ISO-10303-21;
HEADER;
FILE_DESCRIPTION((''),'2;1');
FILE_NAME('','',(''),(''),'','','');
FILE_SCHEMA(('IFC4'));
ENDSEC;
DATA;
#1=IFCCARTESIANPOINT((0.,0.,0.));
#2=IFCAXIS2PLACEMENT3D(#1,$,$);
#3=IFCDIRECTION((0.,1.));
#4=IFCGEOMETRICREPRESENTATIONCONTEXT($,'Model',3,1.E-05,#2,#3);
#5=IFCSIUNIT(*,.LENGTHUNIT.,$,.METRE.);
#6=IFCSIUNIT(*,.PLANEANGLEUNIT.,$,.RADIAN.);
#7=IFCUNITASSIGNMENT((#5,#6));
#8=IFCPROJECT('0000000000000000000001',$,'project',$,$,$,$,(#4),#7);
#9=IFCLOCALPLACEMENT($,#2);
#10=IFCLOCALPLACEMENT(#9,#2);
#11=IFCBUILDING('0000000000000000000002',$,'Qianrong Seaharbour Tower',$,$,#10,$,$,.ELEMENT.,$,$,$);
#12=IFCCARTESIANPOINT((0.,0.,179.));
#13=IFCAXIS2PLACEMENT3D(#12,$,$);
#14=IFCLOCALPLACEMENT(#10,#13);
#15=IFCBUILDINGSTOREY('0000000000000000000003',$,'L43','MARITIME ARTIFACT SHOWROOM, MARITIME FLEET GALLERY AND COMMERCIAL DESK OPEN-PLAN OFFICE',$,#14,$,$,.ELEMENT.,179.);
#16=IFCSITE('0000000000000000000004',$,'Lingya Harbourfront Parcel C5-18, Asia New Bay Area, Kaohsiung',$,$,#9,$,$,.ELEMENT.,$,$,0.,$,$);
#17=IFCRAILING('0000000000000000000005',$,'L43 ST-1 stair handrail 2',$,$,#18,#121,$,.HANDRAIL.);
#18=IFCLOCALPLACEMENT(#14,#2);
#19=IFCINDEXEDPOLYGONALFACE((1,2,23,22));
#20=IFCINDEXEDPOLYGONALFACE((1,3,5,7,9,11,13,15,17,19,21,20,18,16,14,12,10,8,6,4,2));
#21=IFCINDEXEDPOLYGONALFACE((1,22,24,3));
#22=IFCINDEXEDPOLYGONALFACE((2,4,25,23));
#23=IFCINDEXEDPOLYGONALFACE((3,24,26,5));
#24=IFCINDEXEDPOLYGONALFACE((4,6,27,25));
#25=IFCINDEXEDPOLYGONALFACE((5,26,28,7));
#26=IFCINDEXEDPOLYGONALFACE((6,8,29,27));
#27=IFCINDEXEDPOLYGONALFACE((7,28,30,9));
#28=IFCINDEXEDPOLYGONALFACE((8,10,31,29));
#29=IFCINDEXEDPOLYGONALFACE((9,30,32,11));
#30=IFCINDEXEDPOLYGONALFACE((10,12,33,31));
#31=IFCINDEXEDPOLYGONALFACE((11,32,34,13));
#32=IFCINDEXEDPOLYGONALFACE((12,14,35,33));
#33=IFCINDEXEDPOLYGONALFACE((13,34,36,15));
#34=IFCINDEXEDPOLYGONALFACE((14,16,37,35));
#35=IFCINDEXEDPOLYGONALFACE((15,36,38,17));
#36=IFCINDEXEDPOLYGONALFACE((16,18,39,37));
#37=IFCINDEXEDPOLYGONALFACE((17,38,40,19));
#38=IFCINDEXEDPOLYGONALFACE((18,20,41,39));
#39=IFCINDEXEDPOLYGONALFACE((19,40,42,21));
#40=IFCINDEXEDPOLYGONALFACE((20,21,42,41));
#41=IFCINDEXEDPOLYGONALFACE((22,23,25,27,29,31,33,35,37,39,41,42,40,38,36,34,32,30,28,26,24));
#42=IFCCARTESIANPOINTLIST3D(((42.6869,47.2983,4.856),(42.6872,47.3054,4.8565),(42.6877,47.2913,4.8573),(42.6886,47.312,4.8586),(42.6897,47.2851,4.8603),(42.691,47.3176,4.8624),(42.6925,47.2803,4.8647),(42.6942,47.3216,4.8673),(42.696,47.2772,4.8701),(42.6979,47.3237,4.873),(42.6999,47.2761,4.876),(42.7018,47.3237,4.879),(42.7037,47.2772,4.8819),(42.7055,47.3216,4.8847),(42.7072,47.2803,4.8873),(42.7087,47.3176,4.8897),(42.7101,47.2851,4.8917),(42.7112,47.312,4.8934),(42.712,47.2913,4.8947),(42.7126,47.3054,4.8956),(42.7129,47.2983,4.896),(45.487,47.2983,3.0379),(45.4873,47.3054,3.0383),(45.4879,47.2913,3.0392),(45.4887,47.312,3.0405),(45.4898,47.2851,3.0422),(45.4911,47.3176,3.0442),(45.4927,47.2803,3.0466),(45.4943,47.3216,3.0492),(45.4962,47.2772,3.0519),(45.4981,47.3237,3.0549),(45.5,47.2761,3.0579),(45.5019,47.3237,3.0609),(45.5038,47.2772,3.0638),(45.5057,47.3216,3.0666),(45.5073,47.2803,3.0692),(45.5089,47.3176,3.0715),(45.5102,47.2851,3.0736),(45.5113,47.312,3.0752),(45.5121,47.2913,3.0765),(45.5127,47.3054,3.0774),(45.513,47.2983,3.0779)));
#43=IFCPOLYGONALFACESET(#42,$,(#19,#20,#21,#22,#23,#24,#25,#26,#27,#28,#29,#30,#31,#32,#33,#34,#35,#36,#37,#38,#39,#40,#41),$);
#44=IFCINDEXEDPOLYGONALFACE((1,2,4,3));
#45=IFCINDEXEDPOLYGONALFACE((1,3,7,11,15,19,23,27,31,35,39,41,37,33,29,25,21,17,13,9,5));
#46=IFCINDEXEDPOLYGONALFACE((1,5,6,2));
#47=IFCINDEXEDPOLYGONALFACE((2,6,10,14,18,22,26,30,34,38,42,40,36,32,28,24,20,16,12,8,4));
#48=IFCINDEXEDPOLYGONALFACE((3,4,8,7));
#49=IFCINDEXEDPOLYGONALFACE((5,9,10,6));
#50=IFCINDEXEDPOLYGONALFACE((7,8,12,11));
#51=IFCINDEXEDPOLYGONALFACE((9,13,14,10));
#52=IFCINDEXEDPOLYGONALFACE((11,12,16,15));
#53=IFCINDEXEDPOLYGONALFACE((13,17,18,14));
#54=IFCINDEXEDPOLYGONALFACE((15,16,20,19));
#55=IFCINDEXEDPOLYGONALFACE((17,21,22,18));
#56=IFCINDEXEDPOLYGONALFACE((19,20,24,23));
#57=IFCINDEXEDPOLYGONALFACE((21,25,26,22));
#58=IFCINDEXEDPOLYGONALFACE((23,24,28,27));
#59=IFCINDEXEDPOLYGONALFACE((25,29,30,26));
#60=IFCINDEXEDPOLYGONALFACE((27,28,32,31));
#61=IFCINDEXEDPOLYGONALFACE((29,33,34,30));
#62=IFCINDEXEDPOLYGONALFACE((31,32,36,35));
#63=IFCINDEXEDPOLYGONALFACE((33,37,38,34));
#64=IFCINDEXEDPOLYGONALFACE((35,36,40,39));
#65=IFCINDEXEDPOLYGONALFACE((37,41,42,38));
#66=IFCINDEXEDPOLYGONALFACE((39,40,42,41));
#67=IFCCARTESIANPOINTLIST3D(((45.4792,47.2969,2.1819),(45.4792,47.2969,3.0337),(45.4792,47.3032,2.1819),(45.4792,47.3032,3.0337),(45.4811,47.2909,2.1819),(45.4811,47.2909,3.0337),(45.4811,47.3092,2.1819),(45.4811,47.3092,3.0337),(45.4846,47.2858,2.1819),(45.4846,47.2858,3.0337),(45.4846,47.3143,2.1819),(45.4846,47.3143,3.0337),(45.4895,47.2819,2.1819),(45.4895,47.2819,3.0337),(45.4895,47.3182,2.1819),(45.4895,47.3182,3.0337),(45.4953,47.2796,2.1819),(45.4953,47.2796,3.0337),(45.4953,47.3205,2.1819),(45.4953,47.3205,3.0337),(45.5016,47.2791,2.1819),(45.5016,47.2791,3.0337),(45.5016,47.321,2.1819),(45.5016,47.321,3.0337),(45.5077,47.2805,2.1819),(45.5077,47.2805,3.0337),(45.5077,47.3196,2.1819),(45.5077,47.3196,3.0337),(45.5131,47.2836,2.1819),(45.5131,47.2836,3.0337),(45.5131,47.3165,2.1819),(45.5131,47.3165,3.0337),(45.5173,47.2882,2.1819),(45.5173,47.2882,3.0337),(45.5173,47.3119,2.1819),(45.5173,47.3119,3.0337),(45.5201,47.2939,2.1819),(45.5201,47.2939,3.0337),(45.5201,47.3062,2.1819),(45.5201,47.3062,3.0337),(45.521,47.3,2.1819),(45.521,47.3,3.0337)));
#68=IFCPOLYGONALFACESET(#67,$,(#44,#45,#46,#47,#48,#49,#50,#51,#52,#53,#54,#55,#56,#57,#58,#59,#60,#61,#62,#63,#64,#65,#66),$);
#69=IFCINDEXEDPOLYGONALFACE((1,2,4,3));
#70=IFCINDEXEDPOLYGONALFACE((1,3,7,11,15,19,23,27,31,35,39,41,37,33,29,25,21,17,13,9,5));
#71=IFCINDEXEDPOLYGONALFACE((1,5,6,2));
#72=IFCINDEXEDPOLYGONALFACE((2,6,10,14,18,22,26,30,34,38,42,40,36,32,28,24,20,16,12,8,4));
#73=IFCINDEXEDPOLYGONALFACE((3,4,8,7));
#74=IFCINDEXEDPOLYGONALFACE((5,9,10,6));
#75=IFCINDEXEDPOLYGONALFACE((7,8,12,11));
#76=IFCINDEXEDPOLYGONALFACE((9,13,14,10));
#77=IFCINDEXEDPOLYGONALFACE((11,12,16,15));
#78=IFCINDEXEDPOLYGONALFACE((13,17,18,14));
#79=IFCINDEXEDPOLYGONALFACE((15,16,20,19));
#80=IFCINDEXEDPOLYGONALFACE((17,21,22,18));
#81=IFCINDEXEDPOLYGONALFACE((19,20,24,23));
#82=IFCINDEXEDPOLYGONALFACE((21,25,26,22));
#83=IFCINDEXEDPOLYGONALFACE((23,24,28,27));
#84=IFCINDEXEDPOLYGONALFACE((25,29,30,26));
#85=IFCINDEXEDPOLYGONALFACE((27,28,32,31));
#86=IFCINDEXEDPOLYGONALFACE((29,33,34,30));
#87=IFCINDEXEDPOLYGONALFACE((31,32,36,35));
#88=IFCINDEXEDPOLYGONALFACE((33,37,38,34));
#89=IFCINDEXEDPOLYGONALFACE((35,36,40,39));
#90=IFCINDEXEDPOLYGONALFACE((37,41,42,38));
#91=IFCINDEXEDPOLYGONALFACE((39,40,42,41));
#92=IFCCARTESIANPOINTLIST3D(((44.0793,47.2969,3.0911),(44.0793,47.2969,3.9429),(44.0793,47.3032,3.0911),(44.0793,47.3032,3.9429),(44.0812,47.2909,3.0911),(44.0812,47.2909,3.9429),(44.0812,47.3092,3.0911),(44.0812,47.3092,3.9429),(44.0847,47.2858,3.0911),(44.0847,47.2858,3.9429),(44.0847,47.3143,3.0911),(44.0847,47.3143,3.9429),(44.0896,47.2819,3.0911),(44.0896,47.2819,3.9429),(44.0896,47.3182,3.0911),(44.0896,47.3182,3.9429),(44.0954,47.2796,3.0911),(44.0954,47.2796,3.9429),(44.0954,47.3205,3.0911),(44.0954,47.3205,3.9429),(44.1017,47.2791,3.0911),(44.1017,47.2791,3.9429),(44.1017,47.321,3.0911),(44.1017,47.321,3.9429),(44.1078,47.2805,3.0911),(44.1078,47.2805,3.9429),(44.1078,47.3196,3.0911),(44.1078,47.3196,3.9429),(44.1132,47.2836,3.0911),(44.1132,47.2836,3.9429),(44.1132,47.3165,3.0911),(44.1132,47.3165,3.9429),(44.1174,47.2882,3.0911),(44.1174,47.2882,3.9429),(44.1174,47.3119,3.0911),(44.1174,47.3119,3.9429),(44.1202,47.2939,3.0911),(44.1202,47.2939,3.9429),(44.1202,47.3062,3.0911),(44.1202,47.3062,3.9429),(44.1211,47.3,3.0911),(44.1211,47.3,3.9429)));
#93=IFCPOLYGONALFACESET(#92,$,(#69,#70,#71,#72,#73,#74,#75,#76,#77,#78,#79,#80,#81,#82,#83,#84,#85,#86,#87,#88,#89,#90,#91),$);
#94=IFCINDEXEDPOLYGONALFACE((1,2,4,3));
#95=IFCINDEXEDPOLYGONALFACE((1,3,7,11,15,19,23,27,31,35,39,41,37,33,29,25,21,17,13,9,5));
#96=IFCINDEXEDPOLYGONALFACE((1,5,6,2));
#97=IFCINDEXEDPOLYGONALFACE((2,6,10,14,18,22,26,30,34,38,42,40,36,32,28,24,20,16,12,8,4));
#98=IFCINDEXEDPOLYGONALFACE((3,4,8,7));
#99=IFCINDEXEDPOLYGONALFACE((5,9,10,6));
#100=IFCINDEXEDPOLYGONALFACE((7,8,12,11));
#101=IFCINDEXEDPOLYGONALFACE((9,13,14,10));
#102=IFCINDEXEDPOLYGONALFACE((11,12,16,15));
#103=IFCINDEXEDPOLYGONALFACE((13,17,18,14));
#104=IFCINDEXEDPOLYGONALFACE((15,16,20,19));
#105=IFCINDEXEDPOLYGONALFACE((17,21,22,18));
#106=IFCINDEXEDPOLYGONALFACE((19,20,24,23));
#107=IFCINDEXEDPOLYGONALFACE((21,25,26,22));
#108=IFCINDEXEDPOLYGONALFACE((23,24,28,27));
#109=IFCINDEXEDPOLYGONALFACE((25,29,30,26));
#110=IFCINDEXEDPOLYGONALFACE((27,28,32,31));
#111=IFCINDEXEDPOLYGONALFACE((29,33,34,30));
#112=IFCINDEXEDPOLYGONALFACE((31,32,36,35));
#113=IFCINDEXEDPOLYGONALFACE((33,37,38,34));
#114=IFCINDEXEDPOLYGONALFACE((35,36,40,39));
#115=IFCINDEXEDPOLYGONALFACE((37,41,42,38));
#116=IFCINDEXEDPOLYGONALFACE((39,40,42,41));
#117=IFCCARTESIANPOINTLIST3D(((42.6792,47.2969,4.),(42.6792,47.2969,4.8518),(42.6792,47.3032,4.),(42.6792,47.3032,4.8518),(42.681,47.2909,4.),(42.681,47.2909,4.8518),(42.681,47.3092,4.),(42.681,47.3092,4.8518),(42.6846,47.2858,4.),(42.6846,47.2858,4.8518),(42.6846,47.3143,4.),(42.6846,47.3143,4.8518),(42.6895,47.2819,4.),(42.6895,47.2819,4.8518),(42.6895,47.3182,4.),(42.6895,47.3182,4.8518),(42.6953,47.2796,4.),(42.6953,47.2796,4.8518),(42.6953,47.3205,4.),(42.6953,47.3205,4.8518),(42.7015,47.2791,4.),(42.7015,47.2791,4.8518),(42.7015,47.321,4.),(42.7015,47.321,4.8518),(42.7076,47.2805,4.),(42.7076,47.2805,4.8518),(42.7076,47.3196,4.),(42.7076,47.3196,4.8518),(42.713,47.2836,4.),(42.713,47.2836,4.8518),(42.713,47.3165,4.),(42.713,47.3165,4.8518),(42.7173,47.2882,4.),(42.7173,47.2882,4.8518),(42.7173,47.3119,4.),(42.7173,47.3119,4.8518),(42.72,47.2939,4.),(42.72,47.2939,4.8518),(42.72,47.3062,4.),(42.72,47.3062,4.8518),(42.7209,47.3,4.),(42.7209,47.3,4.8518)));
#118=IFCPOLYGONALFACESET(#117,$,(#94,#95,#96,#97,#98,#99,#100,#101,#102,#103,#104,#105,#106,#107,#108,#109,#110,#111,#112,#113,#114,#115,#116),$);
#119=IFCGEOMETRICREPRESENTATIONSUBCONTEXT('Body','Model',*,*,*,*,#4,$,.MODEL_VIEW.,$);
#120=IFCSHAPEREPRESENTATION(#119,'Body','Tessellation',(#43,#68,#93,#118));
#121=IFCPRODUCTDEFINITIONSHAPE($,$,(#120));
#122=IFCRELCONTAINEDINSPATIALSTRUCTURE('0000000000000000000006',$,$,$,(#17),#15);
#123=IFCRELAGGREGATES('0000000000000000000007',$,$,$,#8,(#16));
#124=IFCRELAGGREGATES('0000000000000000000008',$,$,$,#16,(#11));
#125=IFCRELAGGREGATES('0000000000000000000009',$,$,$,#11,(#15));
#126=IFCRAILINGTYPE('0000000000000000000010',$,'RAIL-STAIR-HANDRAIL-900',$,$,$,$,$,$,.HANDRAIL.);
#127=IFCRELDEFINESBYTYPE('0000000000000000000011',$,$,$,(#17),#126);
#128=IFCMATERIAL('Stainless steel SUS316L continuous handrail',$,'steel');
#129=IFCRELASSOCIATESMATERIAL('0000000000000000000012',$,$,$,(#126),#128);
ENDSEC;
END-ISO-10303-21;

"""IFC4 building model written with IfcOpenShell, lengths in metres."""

from ifc_helpers import new_model, si_unit, direction, frame, origin, origin_2d, place, context, subcontext, project, spatial, circle, extrude, material, type_object, element, save


model = new_model("IFC4")

# Units and contexts
model_context = context("Model", 3, precision=1e-05, world=origin(), true_north=direction((0.0, 1.0)))
body_context = subcontext(model_context, "Body", "Model", "MODEL_VIEW")
ifc_project = project(units=[si_unit("LENGTHUNIT", "METRE"), si_unit("PLANEANGLEUNIT", "RADIAN")], contexts=[model_context])

# Site, building, storey
site_placement = place(None, origin())
site = spatial("IfcSite", under=ifc_project, at=site_placement, Name="Lingya Harbourfront Parcel C5-18, Asia New Bay Area, Kaohsiung", CompositionType="ELEMENT", RefElevation=0.0)
building_placement = place(site_placement, origin())
building = spatial("IfcBuilding", under=site, at=building_placement, Name="Qianrong Seaharbour Tower", CompositionType="ELEMENT")
storey_placement = place(building_placement, frame((0.0, 0.0, 179.0)))
storey = spatial("IfcBuildingStorey", under=building, at=storey_placement, Name="L43", Description="MARITIME ARTIFACT SHOWROOM, MARITIME FLEET GALLERY AND COMMERCIAL DESK OPEN-PLAN OFFICE", CompositionType="ELEMENT", Elevation=179.0)

# Railing
ifc_material_1 = material(Name="Stainless steel SUS316L continuous handrail", Category="steel")
railing_type_1 = type_object("IfcRailingType", Name="RAIL-STAIR-HANDRAIL-900", PredefinedType="HANDRAIL", material=ifc_material_1)
railing_1_placement = place(storey_placement, frame((45.5, 47.3, 2.1819)))
element("IfcRailing", 1, at=railing_1_placement, inside=storey, type_object=railing_type_1, Name="L43 ST-1 stair handrail 2", PredefinedType="HANDRAIL", context=body_context, shape_type="SweptSolid", body=[
    extrude(circle(Radius=0.0239, at=origin_2d()), frame((0.0, 0.0, 0.876), z_axis=(-0.838706, 0.0, 0.544585), x_axis=(0.0, -1.0, 0.0)), (0.0, 0.0, 1.0), 3.3386),
    extrude(circle(Radius=0.021, at=origin_2d()), origin(), (0.0, 0.0, 1.0), 0.8518),
    extrude(circle(Radius=0.021, at=origin_2d()), frame((-1.3999, 0.0, 0.9092)), (0.0, 0.0, 1.0), 0.8518),
    extrude(circle(Radius=0.021, at=origin_2d()), frame((-2.8, 0.0, 1.8181)), (0.0, 0.0, 1.0), 0.8518),
])

save(model, "model.ifc")
